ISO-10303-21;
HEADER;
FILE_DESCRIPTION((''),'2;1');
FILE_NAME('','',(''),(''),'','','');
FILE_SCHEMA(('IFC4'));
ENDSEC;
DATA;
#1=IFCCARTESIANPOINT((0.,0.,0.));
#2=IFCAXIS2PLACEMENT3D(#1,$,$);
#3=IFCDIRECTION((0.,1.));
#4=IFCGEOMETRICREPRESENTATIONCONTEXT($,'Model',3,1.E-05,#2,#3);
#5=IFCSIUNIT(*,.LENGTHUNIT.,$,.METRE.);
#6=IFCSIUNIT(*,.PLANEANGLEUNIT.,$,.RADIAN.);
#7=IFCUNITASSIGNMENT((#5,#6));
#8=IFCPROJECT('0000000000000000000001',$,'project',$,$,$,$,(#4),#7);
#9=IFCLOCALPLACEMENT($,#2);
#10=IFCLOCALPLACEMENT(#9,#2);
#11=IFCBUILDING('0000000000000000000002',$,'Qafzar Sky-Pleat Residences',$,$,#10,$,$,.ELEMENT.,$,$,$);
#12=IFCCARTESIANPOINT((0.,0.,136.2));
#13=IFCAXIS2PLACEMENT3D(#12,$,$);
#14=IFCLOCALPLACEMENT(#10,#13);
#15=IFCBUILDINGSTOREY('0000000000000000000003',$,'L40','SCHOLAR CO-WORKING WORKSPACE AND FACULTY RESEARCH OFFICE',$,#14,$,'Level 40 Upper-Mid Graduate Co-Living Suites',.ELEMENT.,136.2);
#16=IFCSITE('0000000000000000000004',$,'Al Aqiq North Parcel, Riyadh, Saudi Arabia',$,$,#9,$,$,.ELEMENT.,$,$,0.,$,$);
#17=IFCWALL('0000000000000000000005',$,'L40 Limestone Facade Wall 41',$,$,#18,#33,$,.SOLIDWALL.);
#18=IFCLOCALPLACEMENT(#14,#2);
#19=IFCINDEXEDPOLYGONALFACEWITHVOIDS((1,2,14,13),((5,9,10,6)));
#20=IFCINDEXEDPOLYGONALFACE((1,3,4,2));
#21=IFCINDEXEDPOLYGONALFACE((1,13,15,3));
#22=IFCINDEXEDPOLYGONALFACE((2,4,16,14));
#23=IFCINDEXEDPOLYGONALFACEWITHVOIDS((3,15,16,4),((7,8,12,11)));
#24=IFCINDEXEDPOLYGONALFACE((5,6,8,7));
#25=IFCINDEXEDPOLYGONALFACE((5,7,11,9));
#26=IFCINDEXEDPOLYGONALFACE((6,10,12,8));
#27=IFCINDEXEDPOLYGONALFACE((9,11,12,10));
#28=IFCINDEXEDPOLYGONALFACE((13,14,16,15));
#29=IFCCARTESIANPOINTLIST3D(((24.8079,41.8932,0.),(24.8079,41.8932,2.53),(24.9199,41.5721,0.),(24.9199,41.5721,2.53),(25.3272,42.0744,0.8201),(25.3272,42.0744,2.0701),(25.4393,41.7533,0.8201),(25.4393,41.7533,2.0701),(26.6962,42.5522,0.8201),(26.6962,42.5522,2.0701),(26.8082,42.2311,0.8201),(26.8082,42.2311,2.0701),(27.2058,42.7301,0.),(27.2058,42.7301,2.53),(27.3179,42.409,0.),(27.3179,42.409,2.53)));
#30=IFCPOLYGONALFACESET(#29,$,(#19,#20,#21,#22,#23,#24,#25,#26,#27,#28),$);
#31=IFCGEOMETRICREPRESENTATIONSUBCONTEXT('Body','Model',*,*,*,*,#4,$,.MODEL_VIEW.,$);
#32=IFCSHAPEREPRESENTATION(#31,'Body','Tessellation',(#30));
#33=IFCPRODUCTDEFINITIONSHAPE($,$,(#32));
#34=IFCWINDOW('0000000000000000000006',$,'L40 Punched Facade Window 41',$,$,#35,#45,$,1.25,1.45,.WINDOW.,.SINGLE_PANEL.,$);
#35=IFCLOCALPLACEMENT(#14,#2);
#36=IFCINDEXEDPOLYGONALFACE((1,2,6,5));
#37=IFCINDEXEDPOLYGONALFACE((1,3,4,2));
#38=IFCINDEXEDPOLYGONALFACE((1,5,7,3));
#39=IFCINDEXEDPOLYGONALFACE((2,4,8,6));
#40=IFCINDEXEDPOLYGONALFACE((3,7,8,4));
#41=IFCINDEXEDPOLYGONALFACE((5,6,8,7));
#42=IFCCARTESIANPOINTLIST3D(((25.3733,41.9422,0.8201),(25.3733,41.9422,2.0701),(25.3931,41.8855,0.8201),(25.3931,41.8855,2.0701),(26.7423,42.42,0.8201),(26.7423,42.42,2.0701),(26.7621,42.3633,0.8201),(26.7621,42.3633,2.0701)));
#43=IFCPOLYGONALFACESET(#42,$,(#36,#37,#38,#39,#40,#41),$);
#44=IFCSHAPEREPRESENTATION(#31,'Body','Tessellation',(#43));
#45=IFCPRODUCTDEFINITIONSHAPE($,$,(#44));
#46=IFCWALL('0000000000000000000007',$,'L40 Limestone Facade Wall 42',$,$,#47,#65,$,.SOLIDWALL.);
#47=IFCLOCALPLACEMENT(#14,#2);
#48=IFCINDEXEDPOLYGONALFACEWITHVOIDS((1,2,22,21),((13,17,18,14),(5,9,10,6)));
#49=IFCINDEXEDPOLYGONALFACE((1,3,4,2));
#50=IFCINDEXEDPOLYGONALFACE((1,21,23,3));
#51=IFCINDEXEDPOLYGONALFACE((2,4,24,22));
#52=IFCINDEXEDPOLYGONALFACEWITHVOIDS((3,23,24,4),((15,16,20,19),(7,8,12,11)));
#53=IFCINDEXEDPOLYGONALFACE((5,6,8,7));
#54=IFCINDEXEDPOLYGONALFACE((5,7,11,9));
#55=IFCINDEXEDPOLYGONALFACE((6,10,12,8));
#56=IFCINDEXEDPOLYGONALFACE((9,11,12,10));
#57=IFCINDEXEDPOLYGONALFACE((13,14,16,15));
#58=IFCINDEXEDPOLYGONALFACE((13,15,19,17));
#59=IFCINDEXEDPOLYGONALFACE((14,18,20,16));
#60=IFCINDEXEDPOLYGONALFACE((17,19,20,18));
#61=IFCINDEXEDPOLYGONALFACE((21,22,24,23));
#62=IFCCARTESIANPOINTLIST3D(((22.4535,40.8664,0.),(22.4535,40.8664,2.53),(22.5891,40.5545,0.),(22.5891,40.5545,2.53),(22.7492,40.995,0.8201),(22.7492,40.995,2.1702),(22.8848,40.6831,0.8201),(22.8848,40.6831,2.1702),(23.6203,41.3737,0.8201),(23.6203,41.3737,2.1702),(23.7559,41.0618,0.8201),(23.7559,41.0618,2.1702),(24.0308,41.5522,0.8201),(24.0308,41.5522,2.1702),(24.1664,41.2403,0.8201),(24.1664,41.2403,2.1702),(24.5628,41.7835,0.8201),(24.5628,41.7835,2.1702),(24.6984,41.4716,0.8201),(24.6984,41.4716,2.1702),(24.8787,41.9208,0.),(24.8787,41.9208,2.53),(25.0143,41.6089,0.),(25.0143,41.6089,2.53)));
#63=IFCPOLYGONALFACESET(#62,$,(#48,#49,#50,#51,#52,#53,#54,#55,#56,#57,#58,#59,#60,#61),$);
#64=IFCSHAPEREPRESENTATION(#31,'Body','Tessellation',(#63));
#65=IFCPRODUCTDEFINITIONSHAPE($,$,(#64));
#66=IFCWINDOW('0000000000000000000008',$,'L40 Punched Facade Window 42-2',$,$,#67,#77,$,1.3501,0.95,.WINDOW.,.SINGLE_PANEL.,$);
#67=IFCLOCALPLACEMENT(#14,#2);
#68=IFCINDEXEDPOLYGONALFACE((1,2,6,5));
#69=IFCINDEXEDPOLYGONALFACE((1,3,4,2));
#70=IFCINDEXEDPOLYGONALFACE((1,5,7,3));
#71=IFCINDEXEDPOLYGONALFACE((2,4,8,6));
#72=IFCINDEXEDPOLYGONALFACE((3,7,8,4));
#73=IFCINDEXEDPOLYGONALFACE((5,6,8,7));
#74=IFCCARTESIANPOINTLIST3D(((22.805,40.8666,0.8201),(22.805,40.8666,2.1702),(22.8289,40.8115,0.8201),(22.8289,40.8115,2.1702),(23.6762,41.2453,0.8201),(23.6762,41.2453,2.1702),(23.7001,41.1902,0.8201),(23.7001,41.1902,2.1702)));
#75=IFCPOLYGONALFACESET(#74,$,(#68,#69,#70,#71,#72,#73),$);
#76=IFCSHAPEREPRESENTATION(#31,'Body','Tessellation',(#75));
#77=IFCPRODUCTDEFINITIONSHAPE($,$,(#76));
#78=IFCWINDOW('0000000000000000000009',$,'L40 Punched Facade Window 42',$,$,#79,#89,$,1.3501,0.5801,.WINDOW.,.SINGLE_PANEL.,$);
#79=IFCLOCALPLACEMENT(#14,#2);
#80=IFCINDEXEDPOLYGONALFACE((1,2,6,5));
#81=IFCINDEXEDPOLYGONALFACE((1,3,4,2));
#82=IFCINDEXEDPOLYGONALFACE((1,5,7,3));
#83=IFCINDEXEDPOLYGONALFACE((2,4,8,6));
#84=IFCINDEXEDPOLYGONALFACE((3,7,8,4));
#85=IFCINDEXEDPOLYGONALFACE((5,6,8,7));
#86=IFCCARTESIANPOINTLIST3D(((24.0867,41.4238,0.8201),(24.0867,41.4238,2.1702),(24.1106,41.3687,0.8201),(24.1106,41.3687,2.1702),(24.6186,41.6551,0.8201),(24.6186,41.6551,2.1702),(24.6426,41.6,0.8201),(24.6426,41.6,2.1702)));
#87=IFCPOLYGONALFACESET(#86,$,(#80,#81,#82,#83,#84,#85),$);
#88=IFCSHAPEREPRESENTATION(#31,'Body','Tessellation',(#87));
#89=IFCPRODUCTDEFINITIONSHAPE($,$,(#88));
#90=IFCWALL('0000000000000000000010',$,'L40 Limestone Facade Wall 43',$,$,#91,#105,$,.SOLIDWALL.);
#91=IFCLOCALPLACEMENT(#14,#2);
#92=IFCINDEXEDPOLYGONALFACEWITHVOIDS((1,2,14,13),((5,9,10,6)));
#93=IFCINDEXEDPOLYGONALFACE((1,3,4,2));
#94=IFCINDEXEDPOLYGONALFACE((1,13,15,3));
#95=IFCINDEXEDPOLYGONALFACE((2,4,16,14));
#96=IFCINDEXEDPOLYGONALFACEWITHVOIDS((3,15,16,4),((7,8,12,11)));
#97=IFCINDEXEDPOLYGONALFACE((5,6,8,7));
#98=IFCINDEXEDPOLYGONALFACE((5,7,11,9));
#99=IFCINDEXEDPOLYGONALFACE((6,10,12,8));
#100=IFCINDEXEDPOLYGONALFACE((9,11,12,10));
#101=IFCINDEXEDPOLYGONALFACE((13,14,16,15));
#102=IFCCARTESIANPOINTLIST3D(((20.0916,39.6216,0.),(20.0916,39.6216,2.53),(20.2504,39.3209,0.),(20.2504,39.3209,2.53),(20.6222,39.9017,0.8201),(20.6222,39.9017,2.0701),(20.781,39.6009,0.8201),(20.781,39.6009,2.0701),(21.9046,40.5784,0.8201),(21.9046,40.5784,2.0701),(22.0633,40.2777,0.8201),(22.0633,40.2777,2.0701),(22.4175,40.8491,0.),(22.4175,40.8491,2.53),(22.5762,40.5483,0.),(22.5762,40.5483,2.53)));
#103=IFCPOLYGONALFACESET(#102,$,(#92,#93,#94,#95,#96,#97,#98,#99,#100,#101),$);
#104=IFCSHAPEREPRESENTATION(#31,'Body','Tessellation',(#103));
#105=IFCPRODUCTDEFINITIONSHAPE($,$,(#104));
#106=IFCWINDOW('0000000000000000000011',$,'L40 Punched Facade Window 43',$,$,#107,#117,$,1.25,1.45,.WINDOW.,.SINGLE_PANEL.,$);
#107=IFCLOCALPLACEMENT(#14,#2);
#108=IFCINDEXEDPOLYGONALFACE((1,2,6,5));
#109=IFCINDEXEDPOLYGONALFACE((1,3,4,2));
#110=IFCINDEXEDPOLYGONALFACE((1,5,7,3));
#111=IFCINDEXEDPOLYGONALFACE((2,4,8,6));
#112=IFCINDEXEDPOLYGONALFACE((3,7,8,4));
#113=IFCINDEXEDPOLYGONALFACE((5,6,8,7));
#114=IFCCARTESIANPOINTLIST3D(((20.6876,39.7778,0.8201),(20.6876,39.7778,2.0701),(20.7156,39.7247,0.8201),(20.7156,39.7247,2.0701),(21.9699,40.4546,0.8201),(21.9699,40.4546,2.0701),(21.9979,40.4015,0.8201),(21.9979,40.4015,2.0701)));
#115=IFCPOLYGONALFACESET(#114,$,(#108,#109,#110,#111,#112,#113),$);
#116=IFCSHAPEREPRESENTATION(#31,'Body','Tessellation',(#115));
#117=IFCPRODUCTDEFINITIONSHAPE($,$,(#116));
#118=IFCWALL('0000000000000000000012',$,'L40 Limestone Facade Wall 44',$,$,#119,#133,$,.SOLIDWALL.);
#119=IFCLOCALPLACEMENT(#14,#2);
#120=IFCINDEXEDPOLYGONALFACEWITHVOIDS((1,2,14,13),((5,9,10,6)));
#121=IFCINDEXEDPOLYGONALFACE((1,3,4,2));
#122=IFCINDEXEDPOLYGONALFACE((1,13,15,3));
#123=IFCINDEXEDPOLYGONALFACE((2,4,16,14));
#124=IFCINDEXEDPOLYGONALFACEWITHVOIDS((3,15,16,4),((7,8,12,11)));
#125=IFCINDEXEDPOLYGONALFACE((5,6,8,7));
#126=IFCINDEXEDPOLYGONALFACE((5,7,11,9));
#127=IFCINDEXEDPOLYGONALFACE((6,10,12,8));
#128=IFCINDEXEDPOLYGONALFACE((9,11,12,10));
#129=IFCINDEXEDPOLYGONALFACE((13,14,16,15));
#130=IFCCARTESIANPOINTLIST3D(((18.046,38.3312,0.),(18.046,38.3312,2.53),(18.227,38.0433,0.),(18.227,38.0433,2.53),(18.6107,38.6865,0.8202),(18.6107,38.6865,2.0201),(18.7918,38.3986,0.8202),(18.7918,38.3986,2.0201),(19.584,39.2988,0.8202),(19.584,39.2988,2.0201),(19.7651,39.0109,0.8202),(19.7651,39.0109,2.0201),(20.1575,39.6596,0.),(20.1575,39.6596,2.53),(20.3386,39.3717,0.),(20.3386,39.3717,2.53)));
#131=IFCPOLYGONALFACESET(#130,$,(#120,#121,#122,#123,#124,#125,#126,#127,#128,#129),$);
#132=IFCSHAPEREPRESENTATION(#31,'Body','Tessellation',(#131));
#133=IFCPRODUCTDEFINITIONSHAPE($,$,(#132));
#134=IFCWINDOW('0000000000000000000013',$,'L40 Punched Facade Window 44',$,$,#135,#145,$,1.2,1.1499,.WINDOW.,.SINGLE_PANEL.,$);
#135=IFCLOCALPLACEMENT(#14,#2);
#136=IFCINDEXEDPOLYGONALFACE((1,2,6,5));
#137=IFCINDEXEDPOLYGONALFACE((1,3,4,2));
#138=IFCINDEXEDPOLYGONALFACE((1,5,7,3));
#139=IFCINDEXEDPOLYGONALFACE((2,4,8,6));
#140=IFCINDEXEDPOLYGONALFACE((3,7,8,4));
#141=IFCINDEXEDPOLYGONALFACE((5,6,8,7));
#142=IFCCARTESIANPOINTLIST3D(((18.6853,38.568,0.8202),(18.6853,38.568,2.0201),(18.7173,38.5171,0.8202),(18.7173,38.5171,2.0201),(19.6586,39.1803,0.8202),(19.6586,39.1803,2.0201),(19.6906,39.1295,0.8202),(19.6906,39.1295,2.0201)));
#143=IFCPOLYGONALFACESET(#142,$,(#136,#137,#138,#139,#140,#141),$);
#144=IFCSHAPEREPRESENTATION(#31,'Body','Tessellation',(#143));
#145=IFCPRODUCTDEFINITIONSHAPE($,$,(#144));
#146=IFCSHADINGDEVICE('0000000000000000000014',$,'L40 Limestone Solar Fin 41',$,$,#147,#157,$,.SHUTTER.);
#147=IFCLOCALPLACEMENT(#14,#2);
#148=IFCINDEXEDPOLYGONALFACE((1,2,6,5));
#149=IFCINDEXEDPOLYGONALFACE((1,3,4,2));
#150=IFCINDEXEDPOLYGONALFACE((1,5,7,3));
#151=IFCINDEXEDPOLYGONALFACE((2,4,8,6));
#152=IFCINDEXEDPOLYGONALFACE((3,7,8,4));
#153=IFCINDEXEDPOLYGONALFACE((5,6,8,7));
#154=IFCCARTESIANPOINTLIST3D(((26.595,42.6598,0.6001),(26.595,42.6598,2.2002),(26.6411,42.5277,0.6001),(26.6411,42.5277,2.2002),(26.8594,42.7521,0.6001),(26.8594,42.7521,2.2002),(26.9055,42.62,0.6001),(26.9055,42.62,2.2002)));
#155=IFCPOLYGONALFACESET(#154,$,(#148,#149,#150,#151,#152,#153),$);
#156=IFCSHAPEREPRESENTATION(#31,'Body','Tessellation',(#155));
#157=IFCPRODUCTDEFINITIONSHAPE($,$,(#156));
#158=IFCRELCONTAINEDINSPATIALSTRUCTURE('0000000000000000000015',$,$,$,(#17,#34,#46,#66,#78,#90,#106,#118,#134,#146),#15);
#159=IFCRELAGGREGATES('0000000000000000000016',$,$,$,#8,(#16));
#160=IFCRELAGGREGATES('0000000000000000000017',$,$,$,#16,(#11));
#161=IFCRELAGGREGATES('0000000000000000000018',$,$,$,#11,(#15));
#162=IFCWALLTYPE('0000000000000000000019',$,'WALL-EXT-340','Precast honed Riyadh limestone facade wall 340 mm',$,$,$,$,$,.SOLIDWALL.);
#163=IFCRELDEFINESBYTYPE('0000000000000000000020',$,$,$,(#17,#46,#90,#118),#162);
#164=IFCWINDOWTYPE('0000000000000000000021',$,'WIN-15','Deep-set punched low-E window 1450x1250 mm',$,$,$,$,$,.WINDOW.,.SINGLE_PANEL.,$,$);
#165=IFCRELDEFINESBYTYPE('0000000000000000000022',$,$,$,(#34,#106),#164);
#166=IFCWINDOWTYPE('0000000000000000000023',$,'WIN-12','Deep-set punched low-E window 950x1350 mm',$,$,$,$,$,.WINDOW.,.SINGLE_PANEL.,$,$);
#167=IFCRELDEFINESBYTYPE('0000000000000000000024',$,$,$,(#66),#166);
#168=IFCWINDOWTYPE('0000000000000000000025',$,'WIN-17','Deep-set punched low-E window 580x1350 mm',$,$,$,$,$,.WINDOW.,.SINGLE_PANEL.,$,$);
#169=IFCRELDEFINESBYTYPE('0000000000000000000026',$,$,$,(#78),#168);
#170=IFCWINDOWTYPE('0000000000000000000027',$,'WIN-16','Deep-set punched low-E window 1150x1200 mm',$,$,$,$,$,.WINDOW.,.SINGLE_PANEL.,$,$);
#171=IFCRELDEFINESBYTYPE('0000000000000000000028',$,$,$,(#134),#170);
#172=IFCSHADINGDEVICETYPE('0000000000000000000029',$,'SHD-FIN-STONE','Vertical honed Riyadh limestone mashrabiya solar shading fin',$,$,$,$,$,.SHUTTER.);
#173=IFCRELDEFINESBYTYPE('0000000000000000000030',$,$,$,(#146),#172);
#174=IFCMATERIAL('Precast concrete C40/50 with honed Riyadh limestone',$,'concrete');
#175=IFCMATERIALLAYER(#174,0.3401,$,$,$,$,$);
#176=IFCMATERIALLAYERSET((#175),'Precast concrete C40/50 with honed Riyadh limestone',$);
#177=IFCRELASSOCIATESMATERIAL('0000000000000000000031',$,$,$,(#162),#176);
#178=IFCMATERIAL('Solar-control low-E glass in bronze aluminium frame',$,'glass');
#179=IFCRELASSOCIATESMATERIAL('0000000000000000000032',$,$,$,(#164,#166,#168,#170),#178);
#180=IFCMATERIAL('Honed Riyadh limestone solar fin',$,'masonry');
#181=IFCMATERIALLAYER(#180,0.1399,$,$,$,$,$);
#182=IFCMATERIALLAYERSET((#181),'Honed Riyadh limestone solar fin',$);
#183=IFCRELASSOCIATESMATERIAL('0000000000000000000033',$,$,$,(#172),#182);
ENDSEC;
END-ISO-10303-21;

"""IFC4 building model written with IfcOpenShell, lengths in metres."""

from ifc_helpers import new_model, si_unit, direction, frame, frame_2d, origin, origin_2d, place, context, subcontext, project, spatial, rectangle, extrude, source, transform, mapped, material, layer, layer_set, type_object, element, fill, save


model = new_model("IFC4")

# Units and contexts
model_context = context("Model", 3, precision=1e-05, world=origin(), true_north=direction((0.0, 1.0)))
body_context = subcontext(model_context, "Body", "Model", "MODEL_VIEW")
ifc_project = project(units=[si_unit("LENGTHUNIT", "METRE"), si_unit("PLANEANGLEUNIT", "RADIAN")], contexts=[model_context])

# Site, building, storey
site_placement = place(None, origin())
site = spatial("IfcSite", under=ifc_project, at=site_placement, Name="Al Aqiq North Parcel, Riyadh, Saudi Arabia", CompositionType="ELEMENT", RefElevation=0.0)
building_placement = place(site_placement, origin())
building = spatial("IfcBuilding", under=site, at=building_placement, Name="Qafzar Sky-Pleat Residences", CompositionType="ELEMENT")
storey_placement = place(building_placement, frame((0.0, 0.0, 136.2)))
storey = spatial("IfcBuildingStorey", under=building, at=storey_placement, Name="L40", Description="SCHOLAR CO-WORKING WORKSPACE AND FACULTY RESEARCH OFFICE", LongName="Level 40 Upper-Mid Graduate Co-Living Suites", CompositionType="ELEMENT", Elevation=136.2)

# Wall, opening, window
ifc_material_1 = material(Name="Precast concrete C40/50 with honed Riyadh limestone", Category="concrete")
ifc_layer_1 = layer(ifc_material_1, 0.3401)
ifc_layer_set_1 = layer_set([ifc_layer_1], Name="Precast concrete C40/50 with honed Riyadh limestone")
wall_type_1 = type_object("IfcWallType", Name="WALL-EXT-340", Description="Precast honed Riyadh limestone facade wall 340 mm", PredefinedType="SOLIDWALL", material=ifc_layer_set_1)
wall_1_placement = place(storey_placement, frame((27.262, 42.5696, 0.0), z_axis=(0.0, 0.0, 1.0), x_axis=(-0.944149, -0.32952, 0.0)))
wall_1 = element("IfcWall", 1, at=wall_1_placement, inside=storey, type_object=wall_type_1, Name="L40 Limestone Facade Wall 41", PredefinedType="SOLIDWALL", context=body_context, shape_type="SweptSolid", body=[
    extrude(rectangle(XDim=2.5398, YDim=0.3401, at=frame_2d((1.27, 0.0))), origin(), (0.0, 0.0, 1.0), 2.53),
])
opening_1_placement = place(wall_1_placement, frame((0.5398, 0.0, 0.8201)))
opening_1 = element("IfcOpeningElement", 2, at=opening_1_placement, cuts=wall_1, PredefinedType="OPENING", context=body_context, shape_type="SweptSolid", body=[
    extrude(rectangle(XDim=1.45, YDim=1.25, at=frame_2d((0.7251, 0.625))), frame((0.0, 0.1802, 0.0), z_axis=(0.0, -1.0, 0.0), x_axis=(1.0, 0.0, 0.0)), (0.0, 0.0, 1.0), 0.3601),
])
ifc_material_2 = material(Name="Solar-control low-E glass in bronze aluminium frame", Category="glass")
window_type_1 = type_object("IfcWindowType", Name="WIN-15", Description="Deep-set punched low-E window 1450x1250 mm", PartitioningType="SINGLE_PANEL", PredefinedType="WINDOW", material=ifc_material_2)
shared_shape_1 = source(origin(), body_context, "Body", "SweptSolid", [
    extrude(rectangle(XDim=1.45, YDim=1.25, at=frame_2d((0.7251, 0.625))), frame((0.0, 0.03, 0.0), z_axis=(0.0, -1.0, 0.0), x_axis=(1.0, 0.0, 0.0)), (0.0, 0.0, 1.0), 0.0601),
])
window_1_placement = place(opening_1_placement, origin())
window_1 = element("IfcWindow", 3, at=window_1_placement, inside=storey, type_object=window_type_1, Name="L40 Punched Facade Window 41", OverallHeight=1.25, OverallWidth=1.45, PartitioningType="SINGLE_PANEL", PredefinedType="WINDOW", context=body_context, shape_type="MappedRepresentation", body=[
    mapped(shared_shape_1, transform((0.0, 0.0, 0.0), x_axis=(1.0, 0.0, 0.0), y_axis=(0.0, 1.0, 0.0), z_axis=(0.0, 0.0, 1.0), scale=1.0)),
])
fill(opening_1, window_1)

# Wall, openings, windows
wall_2_placement = place(storey_placement, frame((24.9465, 41.7649, 0.0), z_axis=(0.0, 0.0, 1.0), x_axis=(-0.917074, -0.398716, 0.0)))
wall_2 = element("IfcWall", 4, at=wall_2_placement, inside=storey, type_object=wall_type_1, Name="L40 Limestone Facade Wall 42", PredefinedType="SOLIDWALL", context=body_context, shape_type="SweptSolid", body=[
    extrude(rectangle(XDim=2.6445, YDim=0.3401, at=frame_2d((1.3223, 0.0))), origin(), (0.0, 0.0, 1.0), 2.53),
])
opening_2_placement = place(wall_2_placement, frame((0.3445, 0.0, 0.8201)))
opening_2 = element("IfcOpeningElement", 5, at=opening_2_placement, cuts=wall_2, PredefinedType="OPENING", context=body_context, shape_type="SweptSolid", body=[
    extrude(rectangle(XDim=0.5801, YDim=1.3501, at=frame_2d((0.29, 0.675))), frame((0.0, 0.1802, 0.0), z_axis=(0.0, -1.0, 0.0), x_axis=(1.0, 0.0, 0.0)), (0.0, 0.0, 1.0), 0.3601),
])
opening_3_placement = place(wall_2_placement, frame((1.3721, 0.0, 0.8201)))
opening_3 = element("IfcOpeningElement", 6, at=opening_3_placement, cuts=wall_2, PredefinedType="OPENING", context=body_context, shape_type="SweptSolid", body=[
    extrude(rectangle(XDim=0.95, YDim=1.3501, at=frame_2d((0.4751, 0.675))), frame((0.0, 0.1802, 0.0), z_axis=(0.0, -1.0, 0.0), x_axis=(1.0, 0.0, 0.0)), (0.0, 0.0, 1.0), 0.3601),
])
window_type_2 = type_object("IfcWindowType", Name="WIN-12", Description="Deep-set punched low-E window 950x1350 mm", PartitioningType="SINGLE_PANEL", PredefinedType="WINDOW", material=ifc_material_2)
shared_shape_2 = source(origin(), body_context, "Body", "SweptSolid", [
    extrude(rectangle(XDim=0.95, YDim=1.3501, at=frame_2d((0.4751, 0.675))), frame((0.0, 0.03, 0.0), z_axis=(0.0, -1.0, 0.0), x_axis=(1.0, 0.0, 0.0)), (0.0, 0.0, 1.0), 0.0601),
])
window_2_placement = place(opening_3_placement, origin())
window_2 = element("IfcWindow", 7, at=window_2_placement, inside=storey, type_object=window_type_2, Name="L40 Punched Facade Window 42-2", OverallHeight=1.3501, OverallWidth=0.95, PartitioningType="SINGLE_PANEL", PredefinedType="WINDOW", context=body_context, shape_type="MappedRepresentation", body=[
    mapped(shared_shape_2, transform((0.0, 0.0, 0.0), x_axis=(1.0, 0.0, 0.0), y_axis=(0.0, 1.0, 0.0), z_axis=(0.0, 0.0, 1.0), scale=1.0)),
])
fill(opening_3, window_2)
window_type_3 = type_object("IfcWindowType", Name="WIN-17", Description="Deep-set punched low-E window 580x1350 mm", PartitioningType="SINGLE_PANEL", PredefinedType="WINDOW", material=ifc_material_2)
shared_shape_3 = source(origin(), body_context, "Body", "SweptSolid", [
    extrude(rectangle(XDim=0.5801, YDim=1.3501, at=frame_2d((0.29, 0.675))), frame((0.0, 0.03, 0.0), z_axis=(0.0, -1.0, 0.0), x_axis=(1.0, 0.0, 0.0)), (0.0, 0.0, 1.0), 0.0601),
])
window_3_placement = place(opening_2_placement, origin())
window_3 = element("IfcWindow", 8, at=window_3_placement, inside=storey, type_object=window_type_3, Name="L40 Punched Facade Window 42", OverallHeight=1.3501, OverallWidth=0.5801, PartitioningType="SINGLE_PANEL", PredefinedType="WINDOW", context=body_context, shape_type="MappedRepresentation", body=[
    mapped(shared_shape_3, transform((0.0, 0.0, 0.0), x_axis=(1.0, 0.0, 0.0), y_axis=(0.0, 1.0, 0.0), z_axis=(0.0, 0.0, 1.0), scale=1.0)),
])
fill(opening_2, window_3)

# Walls, openings, windows
wall_3_placement = place(storey_placement, frame((22.4968, 40.6987, 0.0), z_axis=(0.0, 0.0, 1.0), x_axis=(-0.88439, -0.466749, 0.0)))
wall_3 = element("IfcWall", 9, at=wall_3_placement, inside=storey, type_object=wall_type_1, Name="L40 Limestone Facade Wall 43", PredefinedType="SOLIDWALL", context=body_context, shape_type="SweptSolid", body=[
    extrude(rectangle(XDim=2.6299, YDim=0.3401, at=frame_2d((1.3149, 0.0))), origin(), (0.0, 0.0, 1.0), 2.53),
])
opening_4_placement = place(wall_3_placement, frame((0.5798, 0.0, 0.8201)))
opening_4 = element("IfcOpeningElement", 10, at=opening_4_placement, cuts=wall_3, PredefinedType="OPENING", context=body_context, shape_type="SweptSolid", body=[
    extrude(rectangle(XDim=1.45, YDim=1.25, at=frame_2d((0.7251, 0.625))), frame((0.0, 0.1802, 0.0), z_axis=(0.0, -1.0, 0.0), x_axis=(1.0, 0.0, 0.0)), (0.0, 0.0, 1.0), 0.3601),
])
window_4_placement = place(opening_4_placement, origin())
window_4 = element("IfcWindow", 11, at=window_4_placement, inside=storey, type_object=window_type_1, Name="L40 Punched Facade Window 43", OverallHeight=1.25, OverallWidth=1.45, PartitioningType="SINGLE_PANEL", PredefinedType="WINDOW", context=body_context, shape_type="MappedRepresentation", body=[
    mapped(shared_shape_1, transform((0.0, 0.0, 0.0), x_axis=(1.0, 0.0, 0.0), y_axis=(0.0, 1.0, 0.0), z_axis=(0.0, 0.0, 1.0), scale=1.0)),
])
fill(opening_4, window_4)
wall_4_placement = place(storey_placement, frame((20.248, 39.5156, 0.0), z_axis=(0.0, 0.0, 1.0), x_axis=(-0.846439, -0.532486, 0.0)))
wall_4 = element("IfcWall", 12, at=wall_4_placement, inside=storey, type_object=wall_type_1, Name="L40 Limestone Facade Wall 44", PredefinedType="SOLIDWALL", context=body_context, shape_type="SweptSolid", body=[
    extrude(rectangle(XDim=2.4946, YDim=0.3401, at=frame_2d((1.2473, 0.0))), origin(), (0.0, 0.0, 1.0), 2.53),
])
opening_5_placement = place(wall_4_placement, frame((0.6775, 0.0, 0.8201)))
opening_5 = element("IfcOpeningElement", 13, at=opening_5_placement, cuts=wall_4, PredefinedType="OPENING", context=body_context, shape_type="SweptSolid", body=[
    extrude(rectangle(XDim=1.1499, YDim=1.2, at=frame_2d((0.575, 0.6001))), frame((0.0, 0.1802, 0.0), z_axis=(0.0, -1.0, 0.0), x_axis=(1.0, 0.0, 0.0)), (0.0, 0.0, 1.0), 0.3601),
])
window_type_4 = type_object("IfcWindowType", Name="WIN-16", Description="Deep-set punched low-E window 1150x1200 mm", PartitioningType="SINGLE_PANEL", PredefinedType="WINDOW", material=ifc_material_2)
shared_shape_4 = source(origin(), body_context, "Body", "SweptSolid", [
    extrude(rectangle(XDim=1.1499, YDim=1.2, at=frame_2d((0.575, 0.6001))), frame((0.0, 0.03, 0.0), z_axis=(0.0, -1.0, 0.0), x_axis=(1.0, 0.0, 0.0)), (0.0, 0.0, 1.0), 0.0601),
])
window_5_placement = place(opening_5_placement, origin())
window_5 = element("IfcWindow", 14, at=window_5_placement, inside=storey, type_object=window_type_4, Name="L40 Punched Facade Window 44", OverallHeight=1.2, OverallWidth=1.1499, PartitioningType="SINGLE_PANEL", PredefinedType="WINDOW", context=body_context, shape_type="MappedRepresentation", body=[
    mapped(shared_shape_4, transform((0.0, 0.0, 0.0), x_axis=(1.0, 0.0, 0.0), y_axis=(0.0, 1.0, 0.0), z_axis=(0.0, 0.0, 1.0), scale=1.0)),
])
fill(opening_5, window_5)

# Shading device
ifc_material_3 = material(Name="Honed Riyadh limestone solar fin", Category="masonry")
ifc_layer_2 = layer(ifc_material_3, 0.1399)
ifc_layer_set_2 = layer_set([ifc_layer_2], Name="Honed Riyadh limestone solar fin")
shading_device_type = type_object("IfcShadingDeviceType", Name="SHD-FIN-STONE", Description="Vertical honed Riyadh limestone mashrabiya solar shading fin", PredefinedType="SHUTTER", material=ifc_layer_set_2)
shared_shape_5 = source(origin(), body_context, "Body", "SweptSolid", [
    extrude(rectangle(XDim=0.1399, YDim=0.28, at=origin_2d()), origin(), (0.0, 0.0, 1.0), 1.6001),
])
shading_device_placement = place(storey_placement, frame((26.7502, 42.6399, 0.6001), z_axis=(0.0, 0.0, 1.0), x_axis=(-0.329556, 0.944136, 0.0)))
element("IfcShadingDevice", 15, at=shading_device_placement, inside=storey, type_object=shading_device_type, Name="L40 Limestone Solar Fin 41", PredefinedType="SHUTTER", context=body_context, shape_type="MappedRepresentation", body=[
    mapped(shared_shape_5, transform((0.0, 0.0, 0.0), x_axis=(1.0, 0.0, 0.0), y_axis=(0.0, 1.0, 0.0), z_axis=(0.0, 0.0, 1.0), scale=1.0)),
])

save(model, "model.ifc")
